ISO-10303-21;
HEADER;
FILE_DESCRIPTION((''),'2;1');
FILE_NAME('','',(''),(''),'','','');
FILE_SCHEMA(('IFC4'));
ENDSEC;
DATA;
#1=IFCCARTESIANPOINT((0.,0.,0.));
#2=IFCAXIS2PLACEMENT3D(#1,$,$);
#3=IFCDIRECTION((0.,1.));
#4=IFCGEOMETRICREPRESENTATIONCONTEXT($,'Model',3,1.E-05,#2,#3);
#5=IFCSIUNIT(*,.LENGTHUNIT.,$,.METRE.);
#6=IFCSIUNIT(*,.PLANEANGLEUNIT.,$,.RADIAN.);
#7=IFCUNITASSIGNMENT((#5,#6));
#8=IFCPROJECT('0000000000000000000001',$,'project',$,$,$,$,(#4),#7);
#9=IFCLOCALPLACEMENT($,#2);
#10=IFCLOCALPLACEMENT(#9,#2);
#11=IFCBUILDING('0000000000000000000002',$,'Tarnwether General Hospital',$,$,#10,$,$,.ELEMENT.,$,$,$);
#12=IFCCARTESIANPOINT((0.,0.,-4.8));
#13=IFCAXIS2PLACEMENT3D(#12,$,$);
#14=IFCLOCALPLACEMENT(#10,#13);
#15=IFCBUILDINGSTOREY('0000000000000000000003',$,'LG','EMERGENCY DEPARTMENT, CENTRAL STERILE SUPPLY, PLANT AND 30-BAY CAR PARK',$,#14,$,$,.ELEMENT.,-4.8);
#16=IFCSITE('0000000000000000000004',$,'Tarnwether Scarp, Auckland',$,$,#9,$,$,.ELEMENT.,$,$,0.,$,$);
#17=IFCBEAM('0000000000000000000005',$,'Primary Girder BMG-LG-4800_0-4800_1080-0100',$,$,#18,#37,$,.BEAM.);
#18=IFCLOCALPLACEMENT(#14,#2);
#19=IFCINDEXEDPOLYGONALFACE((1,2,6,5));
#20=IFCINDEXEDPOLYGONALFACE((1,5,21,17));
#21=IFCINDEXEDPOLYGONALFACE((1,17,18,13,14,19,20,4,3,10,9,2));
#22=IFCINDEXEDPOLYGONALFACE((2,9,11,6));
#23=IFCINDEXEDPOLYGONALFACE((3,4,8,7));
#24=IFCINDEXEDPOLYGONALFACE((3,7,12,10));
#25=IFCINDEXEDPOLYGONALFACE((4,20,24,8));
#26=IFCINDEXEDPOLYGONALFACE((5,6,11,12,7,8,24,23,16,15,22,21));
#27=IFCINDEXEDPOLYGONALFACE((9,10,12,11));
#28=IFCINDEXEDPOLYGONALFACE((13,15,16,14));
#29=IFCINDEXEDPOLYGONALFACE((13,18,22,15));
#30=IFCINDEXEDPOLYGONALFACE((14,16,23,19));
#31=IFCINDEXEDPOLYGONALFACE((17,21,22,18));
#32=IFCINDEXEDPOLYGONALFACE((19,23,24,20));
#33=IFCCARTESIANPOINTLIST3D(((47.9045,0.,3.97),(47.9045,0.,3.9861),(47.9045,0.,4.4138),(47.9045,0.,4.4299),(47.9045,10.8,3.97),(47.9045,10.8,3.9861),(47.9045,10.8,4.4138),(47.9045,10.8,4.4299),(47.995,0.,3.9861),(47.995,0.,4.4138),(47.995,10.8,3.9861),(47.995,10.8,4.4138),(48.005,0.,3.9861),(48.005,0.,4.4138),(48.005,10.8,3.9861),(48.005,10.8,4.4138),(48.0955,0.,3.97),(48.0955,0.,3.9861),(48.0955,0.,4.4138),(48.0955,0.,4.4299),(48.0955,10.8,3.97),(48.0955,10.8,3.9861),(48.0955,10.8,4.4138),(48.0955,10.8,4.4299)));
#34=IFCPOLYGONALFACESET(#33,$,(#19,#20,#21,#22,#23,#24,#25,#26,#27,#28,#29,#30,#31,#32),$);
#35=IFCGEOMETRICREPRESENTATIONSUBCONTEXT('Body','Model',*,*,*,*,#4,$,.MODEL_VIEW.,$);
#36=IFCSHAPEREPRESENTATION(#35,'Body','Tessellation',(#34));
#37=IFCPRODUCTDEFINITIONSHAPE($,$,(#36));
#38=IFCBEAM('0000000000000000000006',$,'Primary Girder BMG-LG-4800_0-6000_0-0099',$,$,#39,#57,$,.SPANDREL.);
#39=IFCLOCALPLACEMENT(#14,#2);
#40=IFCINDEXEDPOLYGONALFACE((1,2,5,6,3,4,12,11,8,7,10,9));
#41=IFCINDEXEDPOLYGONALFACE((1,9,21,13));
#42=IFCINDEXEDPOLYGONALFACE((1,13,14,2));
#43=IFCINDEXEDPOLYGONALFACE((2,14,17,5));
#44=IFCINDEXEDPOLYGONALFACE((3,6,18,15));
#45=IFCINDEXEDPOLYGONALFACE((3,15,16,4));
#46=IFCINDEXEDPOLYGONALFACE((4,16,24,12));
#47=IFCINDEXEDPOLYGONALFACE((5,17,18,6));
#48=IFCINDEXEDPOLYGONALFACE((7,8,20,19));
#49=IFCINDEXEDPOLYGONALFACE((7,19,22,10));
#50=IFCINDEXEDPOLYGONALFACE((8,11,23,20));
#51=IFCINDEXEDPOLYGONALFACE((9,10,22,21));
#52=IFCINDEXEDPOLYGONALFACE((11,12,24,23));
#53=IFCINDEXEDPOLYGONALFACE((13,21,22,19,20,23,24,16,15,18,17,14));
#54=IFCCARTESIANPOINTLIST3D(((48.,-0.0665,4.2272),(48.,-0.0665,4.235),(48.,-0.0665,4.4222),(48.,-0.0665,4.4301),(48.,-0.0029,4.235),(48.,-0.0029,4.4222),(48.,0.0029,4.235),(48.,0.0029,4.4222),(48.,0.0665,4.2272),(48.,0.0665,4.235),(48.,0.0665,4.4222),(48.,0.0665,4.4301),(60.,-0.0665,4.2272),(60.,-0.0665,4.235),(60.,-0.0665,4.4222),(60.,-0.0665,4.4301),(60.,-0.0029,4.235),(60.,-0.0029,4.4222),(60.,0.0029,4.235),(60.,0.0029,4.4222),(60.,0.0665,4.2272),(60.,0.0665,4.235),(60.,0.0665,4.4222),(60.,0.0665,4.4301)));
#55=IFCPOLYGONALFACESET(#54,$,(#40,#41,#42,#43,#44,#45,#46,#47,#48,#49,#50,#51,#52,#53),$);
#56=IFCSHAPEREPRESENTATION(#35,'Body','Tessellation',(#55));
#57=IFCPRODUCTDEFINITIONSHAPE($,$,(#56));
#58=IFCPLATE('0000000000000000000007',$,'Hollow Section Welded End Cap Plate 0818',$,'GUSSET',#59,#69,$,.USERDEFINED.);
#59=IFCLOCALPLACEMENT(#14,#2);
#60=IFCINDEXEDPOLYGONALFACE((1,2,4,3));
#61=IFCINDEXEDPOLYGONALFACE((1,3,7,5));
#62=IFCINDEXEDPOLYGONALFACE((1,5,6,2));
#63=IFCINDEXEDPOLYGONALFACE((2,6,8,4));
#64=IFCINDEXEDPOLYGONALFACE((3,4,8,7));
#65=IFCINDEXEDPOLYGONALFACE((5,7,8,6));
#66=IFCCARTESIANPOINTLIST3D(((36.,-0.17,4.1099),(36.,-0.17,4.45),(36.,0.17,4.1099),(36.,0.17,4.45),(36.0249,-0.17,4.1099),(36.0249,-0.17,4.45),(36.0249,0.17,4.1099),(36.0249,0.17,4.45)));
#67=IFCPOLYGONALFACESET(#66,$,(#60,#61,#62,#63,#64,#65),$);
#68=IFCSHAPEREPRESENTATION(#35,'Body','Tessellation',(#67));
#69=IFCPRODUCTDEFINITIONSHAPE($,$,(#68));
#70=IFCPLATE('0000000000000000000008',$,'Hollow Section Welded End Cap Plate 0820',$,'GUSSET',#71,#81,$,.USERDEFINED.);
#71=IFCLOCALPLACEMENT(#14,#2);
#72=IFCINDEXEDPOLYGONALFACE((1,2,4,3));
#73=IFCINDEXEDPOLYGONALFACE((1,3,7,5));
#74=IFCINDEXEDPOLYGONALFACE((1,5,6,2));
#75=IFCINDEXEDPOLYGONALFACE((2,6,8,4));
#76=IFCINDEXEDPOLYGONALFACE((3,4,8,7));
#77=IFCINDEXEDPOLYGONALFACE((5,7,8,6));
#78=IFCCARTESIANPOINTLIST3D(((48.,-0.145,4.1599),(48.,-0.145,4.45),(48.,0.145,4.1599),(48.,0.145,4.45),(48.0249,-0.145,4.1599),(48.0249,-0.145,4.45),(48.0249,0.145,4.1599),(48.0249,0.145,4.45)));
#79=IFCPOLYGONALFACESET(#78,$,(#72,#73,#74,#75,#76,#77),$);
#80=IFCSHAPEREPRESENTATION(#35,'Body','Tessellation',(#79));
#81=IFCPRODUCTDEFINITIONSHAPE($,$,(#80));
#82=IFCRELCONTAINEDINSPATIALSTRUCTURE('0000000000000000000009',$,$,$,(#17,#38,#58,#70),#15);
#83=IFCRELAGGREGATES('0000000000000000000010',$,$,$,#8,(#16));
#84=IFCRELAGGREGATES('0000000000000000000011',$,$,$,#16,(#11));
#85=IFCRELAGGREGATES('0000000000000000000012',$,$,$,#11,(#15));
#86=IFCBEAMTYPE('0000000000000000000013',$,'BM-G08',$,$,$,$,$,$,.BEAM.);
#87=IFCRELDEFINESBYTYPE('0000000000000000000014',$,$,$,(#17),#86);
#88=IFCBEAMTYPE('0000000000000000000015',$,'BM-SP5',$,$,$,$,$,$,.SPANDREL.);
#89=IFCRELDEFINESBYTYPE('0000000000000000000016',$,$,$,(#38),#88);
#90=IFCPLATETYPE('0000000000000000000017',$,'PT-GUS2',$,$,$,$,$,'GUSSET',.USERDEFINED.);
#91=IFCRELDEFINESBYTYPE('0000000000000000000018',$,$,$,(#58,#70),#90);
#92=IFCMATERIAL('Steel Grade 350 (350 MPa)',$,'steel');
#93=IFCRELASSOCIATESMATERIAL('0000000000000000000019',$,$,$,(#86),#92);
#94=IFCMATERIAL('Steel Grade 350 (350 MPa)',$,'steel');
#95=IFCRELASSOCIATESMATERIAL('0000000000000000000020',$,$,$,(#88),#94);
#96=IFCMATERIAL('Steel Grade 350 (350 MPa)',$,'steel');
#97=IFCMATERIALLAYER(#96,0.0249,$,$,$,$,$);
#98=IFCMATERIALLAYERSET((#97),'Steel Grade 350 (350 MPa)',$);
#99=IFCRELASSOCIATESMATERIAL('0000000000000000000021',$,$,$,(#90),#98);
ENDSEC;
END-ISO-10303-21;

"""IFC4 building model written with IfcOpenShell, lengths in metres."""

from ifc_helpers import new_model, si_unit, direction, frame, origin, origin_2d, place, context, subcontext, project, spatial, rectangle, i_section, extrude, material, layer, layer_set, material_profile, profile_set, type_object, element, save


model = new_model("IFC4")

# Units and contexts
model_context = context("Model", 3, precision=1e-05, world=origin(), true_north=direction((0.0, 1.0)))
body_context = subcontext(model_context, "Body", "Model", "MODEL_VIEW")
ifc_project = project(units=[si_unit("LENGTHUNIT", "METRE"), si_unit("PLANEANGLEUNIT", "RADIAN")], contexts=[model_context])

# Site, building, storey
site_placement = place(None, origin())
site = spatial("IfcSite", under=ifc_project, at=site_placement, Name="Tarnwether Scarp, Auckland", CompositionType="ELEMENT", RefElevation=0.0)
building_placement = place(site_placement, origin())
building = spatial("IfcBuilding", under=site, at=building_placement, Name="Tarnwether General Hospital", CompositionType="ELEMENT")
storey_placement = place(building_placement, frame((0.0, 0.0, -4.8)))
storey = spatial("IfcBuildingStorey", under=building, at=storey_placement, Name="LG", Description="EMERGENCY DEPARTMENT, CENTRAL STERILE SUPPLY, PLANT AND 30-BAY CAR PARK", CompositionType="ELEMENT", Elevation=-4.8)

# Beams
ifc_material_1 = material(Name="Steel Grade 350 (350 MPa)", Category="steel")
ifc_material_profile_1 = material_profile(ifc_material_1, i_section(OverallWidth=0.1909, OverallDepth=0.46, WebThickness=0.01, FlangeThickness=0.0161, at=origin_2d()), Name="460UB82.1")
ifc_profile_set_1 = profile_set([ifc_material_profile_1], Name="Steel Grade 350 (350 MPa)")
beam_type_1 = type_object("IfcBeamType", Name="BM-G08", PredefinedType="BEAM", material=ifc_profile_set_1)
beam_1_placement = place(storey_placement, frame((48.0, 0.0, 4.2), z_axis=(0.0, 1.0, 0.0), x_axis=(-1.0, 0.0, 0.0)))
element("IfcBeam", 1, at=beam_1_placement, inside=storey, type_object=beam_type_1, Name="Primary Girder BMG-LG-4800_0-4800_1080-0100", PredefinedType="BEAM", context=body_context, shape_type="SweptSolid", body=[
    extrude(i_section(OverallWidth=0.1909, OverallDepth=0.46, WebThickness=0.01, FlangeThickness=0.0161, at=origin_2d()), origin(), (0.0, 0.0, 1.0), 10.8),
])
ifc_material_2 = material(Name="Steel Grade 350 (350 MPa)", Category="steel")
ifc_material_profile_2 = material_profile(ifc_material_2, i_section(OverallWidth=0.1331, OverallDepth=0.2029, WebThickness=0.0059, FlangeThickness=0.0078, at=origin_2d()), Name="200UB25.4")
ifc_profile_set_2 = profile_set([ifc_material_profile_2], Name="Steel Grade 350 (350 MPa)")
beam_type_2 = type_object("IfcBeamType", Name="BM-SP5", PredefinedType="SPANDREL", material=ifc_profile_set_2)
beam_2_placement = place(storey_placement, frame((48.0, 0.0, 4.3286), z_axis=(1.0, 0.0, 0.0), x_axis=(0.0, 1.0, 0.0)))
element("IfcBeam", 2, at=beam_2_placement, inside=storey, type_object=beam_type_2, Name="Primary Girder BMG-LG-4800_0-6000_0-0099", PredefinedType="SPANDREL", context=body_context, shape_type="SweptSolid", body=[
    extrude(i_section(OverallWidth=0.1331, OverallDepth=0.2029, WebThickness=0.0059, FlangeThickness=0.0078, at=origin_2d()), origin(), (0.0, 0.0, 1.0), 12.0),
])

# Plates
ifc_material_3 = material(Name="Steel Grade 350 (350 MPa)", Category="steel")
ifc_layer_1 = layer(ifc_material_3, 0.0249)
ifc_layer_set_1 = layer_set([ifc_layer_1], Name="Steel Grade 350 (350 MPa)")
plate_type = type_object("IfcPlateType", Name="PT-GUS2", ElementType="GUSSET", PredefinedType="USERDEFINED", material=ifc_layer_set_1)
plate_1_placement = place(storey_placement, frame((36.0125, 0.0, 4.1099), z_axis=(0.0, 0.0, 1.0), x_axis=(1.0, 0.0, 0.0)))
element("IfcPlate", 3, at=plate_1_placement, inside=storey, type_object=plate_type, Name="Hollow Section Welded End Cap Plate 0818", ObjectType="GUSSET", PredefinedType="USERDEFINED", context=body_context, shape_type="SweptSolid", body=[
    extrude(rectangle(XDim=0.0249, YDim=0.3401, at=origin_2d()), origin(), (0.0, 0.0, 1.0), 0.3401),
])
plate_2_placement = place(storey_placement, frame((48.0125, 0.0, 4.1599), z_axis=(0.0, 0.0, 1.0), x_axis=(1.0, 0.0, 0.0)))
element("IfcPlate", 4, at=plate_2_placement, inside=storey, type_object=plate_type, Name="Hollow Section Welded End Cap Plate 0820", ObjectType="GUSSET", PredefinedType="USERDEFINED", context=body_context, shape_type="SweptSolid", body=[
    extrude(rectangle(XDim=0.0249, YDim=0.29, at=origin_2d()), origin(), (0.0, 0.0, 1.0), 0.29),
])

save(model, "model.ifc")
